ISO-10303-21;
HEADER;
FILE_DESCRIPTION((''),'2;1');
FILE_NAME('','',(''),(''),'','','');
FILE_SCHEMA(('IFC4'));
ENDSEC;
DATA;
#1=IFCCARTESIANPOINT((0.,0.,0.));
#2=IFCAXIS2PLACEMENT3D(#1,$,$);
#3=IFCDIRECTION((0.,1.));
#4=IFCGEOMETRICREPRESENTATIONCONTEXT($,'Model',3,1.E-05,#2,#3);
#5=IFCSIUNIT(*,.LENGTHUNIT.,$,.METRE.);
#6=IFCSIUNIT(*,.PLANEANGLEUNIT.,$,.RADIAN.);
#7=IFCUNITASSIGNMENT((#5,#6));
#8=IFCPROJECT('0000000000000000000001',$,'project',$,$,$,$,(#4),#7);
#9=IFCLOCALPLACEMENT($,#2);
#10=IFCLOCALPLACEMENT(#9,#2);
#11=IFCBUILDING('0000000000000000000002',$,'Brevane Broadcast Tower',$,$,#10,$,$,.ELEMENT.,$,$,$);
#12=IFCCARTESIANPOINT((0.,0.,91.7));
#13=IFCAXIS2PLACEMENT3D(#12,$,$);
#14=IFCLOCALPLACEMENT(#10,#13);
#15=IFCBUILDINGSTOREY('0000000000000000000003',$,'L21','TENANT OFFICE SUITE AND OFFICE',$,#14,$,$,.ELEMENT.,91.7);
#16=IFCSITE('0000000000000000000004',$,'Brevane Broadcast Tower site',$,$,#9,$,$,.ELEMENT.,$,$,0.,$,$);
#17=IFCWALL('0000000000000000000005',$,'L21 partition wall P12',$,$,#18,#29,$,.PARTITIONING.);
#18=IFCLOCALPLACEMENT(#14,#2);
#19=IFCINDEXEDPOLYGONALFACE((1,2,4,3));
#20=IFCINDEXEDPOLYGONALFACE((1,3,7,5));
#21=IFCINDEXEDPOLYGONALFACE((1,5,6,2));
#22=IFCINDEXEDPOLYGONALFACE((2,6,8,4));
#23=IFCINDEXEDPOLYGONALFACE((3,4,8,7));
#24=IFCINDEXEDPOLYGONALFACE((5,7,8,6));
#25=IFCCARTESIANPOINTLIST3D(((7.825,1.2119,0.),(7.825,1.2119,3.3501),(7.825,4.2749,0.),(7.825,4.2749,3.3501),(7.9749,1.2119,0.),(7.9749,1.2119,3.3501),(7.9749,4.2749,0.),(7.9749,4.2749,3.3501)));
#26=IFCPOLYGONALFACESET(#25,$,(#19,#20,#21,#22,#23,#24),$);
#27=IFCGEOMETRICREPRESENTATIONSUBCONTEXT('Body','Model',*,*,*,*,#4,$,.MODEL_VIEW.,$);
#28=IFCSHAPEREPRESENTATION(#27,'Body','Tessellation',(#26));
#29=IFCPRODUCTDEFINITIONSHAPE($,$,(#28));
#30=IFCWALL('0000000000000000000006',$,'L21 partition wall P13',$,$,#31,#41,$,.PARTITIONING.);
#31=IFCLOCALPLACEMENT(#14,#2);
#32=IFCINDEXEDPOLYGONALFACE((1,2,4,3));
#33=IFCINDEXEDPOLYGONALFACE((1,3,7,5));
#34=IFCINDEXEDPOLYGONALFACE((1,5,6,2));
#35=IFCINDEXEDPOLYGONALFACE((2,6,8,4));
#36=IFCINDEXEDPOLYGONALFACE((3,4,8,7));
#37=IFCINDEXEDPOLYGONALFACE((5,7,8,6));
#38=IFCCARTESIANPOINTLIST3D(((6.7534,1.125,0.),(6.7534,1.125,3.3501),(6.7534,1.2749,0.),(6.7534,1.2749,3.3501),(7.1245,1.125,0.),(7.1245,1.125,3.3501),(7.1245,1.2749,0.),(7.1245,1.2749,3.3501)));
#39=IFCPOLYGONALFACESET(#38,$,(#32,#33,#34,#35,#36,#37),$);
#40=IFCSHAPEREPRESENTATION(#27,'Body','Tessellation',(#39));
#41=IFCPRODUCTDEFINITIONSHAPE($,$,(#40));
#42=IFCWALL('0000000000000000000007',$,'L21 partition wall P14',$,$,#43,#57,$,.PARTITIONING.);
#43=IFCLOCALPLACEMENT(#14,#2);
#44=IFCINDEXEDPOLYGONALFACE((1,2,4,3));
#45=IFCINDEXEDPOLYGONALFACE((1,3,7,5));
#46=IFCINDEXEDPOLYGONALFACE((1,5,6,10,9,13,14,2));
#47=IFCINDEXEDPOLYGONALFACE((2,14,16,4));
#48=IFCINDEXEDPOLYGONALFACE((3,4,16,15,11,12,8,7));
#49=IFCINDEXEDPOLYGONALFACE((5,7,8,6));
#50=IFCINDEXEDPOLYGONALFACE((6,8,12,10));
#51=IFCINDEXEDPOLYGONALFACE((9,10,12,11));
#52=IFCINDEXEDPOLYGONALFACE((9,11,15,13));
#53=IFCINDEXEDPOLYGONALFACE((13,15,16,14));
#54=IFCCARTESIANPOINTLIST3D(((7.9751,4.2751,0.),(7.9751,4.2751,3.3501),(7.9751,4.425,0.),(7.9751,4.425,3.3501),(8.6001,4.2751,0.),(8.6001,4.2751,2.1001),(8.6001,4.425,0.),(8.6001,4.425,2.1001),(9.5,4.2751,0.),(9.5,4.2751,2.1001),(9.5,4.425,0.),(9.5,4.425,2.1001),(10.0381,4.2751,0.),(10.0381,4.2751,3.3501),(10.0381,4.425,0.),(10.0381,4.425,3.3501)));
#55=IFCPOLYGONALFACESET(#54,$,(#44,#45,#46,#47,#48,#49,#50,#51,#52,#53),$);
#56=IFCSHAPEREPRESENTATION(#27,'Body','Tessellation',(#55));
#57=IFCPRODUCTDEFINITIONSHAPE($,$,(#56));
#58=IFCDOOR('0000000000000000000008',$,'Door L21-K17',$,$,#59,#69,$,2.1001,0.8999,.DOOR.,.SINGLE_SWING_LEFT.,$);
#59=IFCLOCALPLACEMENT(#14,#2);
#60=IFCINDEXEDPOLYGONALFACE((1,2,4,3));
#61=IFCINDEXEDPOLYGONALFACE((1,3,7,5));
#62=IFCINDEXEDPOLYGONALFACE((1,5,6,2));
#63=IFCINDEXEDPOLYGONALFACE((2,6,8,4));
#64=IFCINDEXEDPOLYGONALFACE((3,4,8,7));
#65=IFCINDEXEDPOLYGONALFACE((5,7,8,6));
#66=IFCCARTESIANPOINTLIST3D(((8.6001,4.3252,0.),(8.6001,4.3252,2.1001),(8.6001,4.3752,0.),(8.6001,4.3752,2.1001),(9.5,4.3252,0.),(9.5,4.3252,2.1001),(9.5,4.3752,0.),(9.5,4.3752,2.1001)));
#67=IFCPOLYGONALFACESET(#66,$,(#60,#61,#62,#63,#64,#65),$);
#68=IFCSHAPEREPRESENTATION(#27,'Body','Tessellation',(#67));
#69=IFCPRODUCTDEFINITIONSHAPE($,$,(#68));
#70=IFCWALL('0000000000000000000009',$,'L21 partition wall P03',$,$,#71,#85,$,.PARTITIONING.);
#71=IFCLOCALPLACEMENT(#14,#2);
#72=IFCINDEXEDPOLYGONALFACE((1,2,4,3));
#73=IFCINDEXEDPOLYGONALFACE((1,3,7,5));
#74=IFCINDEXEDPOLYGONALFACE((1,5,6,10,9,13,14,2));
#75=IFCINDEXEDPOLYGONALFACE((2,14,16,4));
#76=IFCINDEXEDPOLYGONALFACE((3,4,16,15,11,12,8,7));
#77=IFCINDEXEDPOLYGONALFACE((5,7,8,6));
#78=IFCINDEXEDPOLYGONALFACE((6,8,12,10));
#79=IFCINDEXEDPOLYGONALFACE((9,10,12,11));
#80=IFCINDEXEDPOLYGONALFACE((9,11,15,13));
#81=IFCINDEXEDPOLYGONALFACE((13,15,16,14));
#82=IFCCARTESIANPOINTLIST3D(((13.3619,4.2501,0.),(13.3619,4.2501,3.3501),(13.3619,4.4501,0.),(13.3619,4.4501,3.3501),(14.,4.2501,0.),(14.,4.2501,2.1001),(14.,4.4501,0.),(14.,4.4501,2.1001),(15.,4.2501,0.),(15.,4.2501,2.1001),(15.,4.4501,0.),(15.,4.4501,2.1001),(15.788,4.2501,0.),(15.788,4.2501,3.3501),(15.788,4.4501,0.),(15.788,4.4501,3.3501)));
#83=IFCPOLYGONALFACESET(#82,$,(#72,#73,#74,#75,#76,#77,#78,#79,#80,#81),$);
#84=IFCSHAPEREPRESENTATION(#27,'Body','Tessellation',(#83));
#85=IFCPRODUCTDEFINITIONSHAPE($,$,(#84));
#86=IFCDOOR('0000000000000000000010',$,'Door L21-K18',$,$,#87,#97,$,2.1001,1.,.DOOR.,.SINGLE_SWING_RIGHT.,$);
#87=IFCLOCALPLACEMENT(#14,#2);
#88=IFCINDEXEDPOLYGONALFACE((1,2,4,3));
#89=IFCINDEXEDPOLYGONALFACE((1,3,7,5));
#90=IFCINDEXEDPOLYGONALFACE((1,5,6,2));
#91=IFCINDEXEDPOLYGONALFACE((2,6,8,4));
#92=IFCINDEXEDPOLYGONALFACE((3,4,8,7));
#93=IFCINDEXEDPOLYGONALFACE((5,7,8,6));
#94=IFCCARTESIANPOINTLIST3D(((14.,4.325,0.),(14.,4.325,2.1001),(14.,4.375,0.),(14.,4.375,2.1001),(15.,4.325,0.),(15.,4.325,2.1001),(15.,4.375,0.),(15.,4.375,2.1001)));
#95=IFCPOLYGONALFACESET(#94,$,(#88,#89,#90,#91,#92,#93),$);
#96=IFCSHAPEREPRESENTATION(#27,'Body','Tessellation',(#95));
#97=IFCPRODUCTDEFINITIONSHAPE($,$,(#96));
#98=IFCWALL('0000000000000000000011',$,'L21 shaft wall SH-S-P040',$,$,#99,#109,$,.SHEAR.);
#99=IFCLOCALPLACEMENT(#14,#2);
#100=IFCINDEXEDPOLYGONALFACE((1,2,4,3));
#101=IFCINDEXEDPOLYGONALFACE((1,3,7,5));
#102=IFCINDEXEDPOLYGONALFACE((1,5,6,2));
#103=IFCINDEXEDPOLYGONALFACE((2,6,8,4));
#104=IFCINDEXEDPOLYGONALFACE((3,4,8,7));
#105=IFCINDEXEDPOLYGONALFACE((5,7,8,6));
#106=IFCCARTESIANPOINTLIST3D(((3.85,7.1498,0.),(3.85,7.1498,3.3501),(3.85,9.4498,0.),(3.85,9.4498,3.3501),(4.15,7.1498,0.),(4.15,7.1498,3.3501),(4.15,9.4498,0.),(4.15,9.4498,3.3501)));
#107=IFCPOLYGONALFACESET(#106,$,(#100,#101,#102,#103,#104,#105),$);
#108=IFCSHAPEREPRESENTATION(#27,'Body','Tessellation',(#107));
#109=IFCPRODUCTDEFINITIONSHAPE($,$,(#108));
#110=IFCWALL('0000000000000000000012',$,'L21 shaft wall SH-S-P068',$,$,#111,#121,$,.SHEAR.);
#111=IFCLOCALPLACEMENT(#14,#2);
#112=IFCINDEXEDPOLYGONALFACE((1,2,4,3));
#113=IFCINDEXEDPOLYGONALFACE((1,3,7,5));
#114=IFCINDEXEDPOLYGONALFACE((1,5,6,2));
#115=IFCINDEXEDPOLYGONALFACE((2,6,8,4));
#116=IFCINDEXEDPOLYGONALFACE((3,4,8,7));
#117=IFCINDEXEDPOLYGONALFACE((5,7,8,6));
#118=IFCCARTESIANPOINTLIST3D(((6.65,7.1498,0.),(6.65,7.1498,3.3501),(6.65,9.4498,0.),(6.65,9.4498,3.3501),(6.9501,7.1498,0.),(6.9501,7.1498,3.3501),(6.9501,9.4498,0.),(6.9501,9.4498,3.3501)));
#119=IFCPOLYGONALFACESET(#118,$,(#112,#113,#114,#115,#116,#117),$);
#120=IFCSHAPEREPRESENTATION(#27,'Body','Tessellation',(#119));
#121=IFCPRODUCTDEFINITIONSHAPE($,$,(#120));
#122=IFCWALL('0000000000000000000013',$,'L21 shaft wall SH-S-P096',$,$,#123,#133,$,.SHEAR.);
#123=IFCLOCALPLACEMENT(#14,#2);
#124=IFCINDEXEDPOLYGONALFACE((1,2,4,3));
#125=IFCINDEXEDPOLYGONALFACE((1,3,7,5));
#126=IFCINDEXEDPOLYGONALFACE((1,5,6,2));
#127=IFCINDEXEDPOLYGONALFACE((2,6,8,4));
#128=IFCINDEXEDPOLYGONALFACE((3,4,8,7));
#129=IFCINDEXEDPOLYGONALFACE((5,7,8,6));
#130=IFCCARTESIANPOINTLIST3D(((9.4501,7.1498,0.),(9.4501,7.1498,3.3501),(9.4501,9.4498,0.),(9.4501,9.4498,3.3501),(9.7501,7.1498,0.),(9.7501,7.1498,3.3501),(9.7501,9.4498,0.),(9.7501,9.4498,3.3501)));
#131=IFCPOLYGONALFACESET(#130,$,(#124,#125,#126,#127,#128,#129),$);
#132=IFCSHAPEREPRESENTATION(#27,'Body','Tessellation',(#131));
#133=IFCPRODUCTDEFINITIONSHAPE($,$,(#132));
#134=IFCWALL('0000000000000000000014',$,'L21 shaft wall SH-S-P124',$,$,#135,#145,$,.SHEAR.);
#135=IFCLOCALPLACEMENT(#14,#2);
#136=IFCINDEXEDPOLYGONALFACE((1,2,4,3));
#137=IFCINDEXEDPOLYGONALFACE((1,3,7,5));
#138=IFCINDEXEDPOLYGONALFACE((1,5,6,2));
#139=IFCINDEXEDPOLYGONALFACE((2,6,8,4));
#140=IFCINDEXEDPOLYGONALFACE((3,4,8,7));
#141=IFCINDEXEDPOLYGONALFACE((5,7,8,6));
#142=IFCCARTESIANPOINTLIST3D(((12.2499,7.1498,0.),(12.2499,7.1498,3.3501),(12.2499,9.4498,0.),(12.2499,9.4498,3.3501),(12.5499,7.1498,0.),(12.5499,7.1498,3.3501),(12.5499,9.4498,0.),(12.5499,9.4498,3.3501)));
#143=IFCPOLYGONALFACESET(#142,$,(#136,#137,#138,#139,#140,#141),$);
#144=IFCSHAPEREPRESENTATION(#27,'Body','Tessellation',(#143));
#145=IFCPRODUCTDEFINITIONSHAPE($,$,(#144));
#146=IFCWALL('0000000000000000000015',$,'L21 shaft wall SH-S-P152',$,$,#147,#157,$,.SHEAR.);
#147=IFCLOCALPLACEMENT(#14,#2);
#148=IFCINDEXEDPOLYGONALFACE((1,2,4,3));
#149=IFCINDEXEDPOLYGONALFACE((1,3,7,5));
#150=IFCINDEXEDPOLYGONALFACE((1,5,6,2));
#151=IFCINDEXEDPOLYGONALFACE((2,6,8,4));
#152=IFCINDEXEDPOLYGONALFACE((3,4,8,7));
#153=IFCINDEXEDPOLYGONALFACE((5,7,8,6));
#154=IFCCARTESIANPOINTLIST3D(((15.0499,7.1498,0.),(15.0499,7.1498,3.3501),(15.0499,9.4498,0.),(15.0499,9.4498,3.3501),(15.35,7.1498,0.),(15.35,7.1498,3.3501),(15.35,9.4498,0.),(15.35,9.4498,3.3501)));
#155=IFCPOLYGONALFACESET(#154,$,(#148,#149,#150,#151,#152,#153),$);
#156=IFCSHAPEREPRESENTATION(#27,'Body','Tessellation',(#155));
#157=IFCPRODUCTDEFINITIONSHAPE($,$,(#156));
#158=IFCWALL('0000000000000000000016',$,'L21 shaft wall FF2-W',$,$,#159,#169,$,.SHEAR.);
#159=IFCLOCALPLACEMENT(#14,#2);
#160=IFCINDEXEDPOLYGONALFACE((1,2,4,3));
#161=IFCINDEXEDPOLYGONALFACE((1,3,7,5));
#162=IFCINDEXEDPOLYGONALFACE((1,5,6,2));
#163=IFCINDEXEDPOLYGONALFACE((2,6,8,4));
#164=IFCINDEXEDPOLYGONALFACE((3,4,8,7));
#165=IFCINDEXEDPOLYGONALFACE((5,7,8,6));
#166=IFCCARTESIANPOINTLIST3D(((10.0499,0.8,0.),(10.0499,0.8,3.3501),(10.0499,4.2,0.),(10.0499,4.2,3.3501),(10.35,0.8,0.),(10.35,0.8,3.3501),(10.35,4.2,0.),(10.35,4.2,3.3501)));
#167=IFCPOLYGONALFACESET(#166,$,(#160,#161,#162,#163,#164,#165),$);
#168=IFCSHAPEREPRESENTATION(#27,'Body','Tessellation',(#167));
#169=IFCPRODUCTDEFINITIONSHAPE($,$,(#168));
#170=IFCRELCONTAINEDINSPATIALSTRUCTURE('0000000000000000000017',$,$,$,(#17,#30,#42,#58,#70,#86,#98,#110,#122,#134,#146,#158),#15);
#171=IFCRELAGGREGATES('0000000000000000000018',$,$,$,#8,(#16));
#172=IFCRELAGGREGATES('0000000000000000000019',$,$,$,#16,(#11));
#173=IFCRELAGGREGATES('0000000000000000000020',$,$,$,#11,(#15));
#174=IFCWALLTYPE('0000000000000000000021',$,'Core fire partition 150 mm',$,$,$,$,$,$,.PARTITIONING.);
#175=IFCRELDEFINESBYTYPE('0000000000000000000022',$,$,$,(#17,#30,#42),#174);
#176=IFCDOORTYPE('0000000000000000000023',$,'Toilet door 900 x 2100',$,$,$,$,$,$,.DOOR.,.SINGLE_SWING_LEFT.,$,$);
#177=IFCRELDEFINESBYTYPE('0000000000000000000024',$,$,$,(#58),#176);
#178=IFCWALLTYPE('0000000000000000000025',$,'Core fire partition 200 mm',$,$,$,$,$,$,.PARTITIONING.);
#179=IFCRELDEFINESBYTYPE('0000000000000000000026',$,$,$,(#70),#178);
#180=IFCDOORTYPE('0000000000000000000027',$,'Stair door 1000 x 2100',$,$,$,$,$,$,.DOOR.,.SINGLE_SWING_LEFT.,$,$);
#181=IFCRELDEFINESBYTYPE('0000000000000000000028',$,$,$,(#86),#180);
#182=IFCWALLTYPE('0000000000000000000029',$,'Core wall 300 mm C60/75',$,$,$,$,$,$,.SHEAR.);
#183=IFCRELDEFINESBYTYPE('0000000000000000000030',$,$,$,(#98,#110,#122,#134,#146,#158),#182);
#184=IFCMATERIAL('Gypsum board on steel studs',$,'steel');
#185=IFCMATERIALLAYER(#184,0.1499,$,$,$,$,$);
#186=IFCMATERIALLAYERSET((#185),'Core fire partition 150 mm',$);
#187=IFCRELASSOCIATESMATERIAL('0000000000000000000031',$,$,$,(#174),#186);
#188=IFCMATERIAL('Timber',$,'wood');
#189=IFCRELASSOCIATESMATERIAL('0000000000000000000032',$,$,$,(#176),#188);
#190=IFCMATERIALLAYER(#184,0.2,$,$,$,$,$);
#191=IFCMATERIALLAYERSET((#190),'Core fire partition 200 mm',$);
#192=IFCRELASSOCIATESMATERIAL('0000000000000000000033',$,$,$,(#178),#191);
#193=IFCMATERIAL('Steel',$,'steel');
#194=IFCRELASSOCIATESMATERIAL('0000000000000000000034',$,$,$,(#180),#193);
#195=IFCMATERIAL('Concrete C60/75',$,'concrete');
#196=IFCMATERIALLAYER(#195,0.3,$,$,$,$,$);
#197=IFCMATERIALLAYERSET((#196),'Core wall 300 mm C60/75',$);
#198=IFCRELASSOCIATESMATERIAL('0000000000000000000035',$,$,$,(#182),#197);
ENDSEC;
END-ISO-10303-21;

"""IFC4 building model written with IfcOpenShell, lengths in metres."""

from ifc_helpers import new_model, si_unit, direction, frame, frame_2d, origin, place, context, subcontext, project, spatial, rectangle, extrude, material, layer, layer_set, type_object, element, fill, save


model = new_model("IFC4")

# Units and contexts
model_context = context("Model", 3, precision=1e-05, world=origin(), true_north=direction((0.0, 1.0)))
body_context = subcontext(model_context, "Body", "Model", "MODEL_VIEW")
ifc_project = project(units=[si_unit("LENGTHUNIT", "METRE"), si_unit("PLANEANGLEUNIT", "RADIAN")], contexts=[model_context])

# Site, building, storey
site_placement = place(None, origin())
site = spatial("IfcSite", under=ifc_project, at=site_placement, Name="Brevane Broadcast Tower site", CompositionType="ELEMENT", RefElevation=0.0)
building_placement = place(site_placement, origin())
building = spatial("IfcBuilding", under=site, at=building_placement, Name="Brevane Broadcast Tower", CompositionType="ELEMENT")
storey_placement = place(building_placement, frame((0.0, 0.0, 91.7)))
storey = spatial("IfcBuildingStorey", under=building, at=storey_placement, Name="L21", Description="TENANT OFFICE SUITE AND OFFICE", CompositionType="ELEMENT", Elevation=91.7)

# Shared definitions
ifc_material_1 = material(Name="Gypsum board on steel studs", Category="steel")
ifc_layer_1 = layer(ifc_material_1, 0.1499)
ifc_layer_set_1 = layer_set([ifc_layer_1], Name="Core fire partition 150 mm")
wall_type_1 = type_object("IfcWallType", Name="Core fire partition 150 mm", PredefinedType="PARTITIONING", material=ifc_layer_set_1)

# Shared definitions
ifc_material_2 = material(Name="Timber", Category="wood")
door_type_1 = type_object("IfcDoorType", Name="Toilet door 900 x 2100", OperationType="SINGLE_SWING_LEFT", PredefinedType="DOOR", material=ifc_material_2)

# Walls
wall_1_placement = place(storey_placement, frame((7.8999, 4.2749, 0.0), z_axis=(0.0, 0.0, 1.0), x_axis=(0.0, -1.0, 0.0)))
element("IfcWall", 1, at=wall_1_placement, inside=storey, type_object=wall_type_1, Name="L21 partition wall P12", PredefinedType="PARTITIONING", context=body_context, shape_type="SweptSolid", body=[
    extrude(rectangle(XDim=3.063, YDim=0.1499, at=frame_2d((1.5315, 0.0))), origin(), (0.0, 0.0, 1.0), 3.3501),
])
wall_2_placement = place(storey_placement, frame((7.1245, 1.2, 0.0), z_axis=(0.0, 0.0, 1.0), x_axis=(-1.0, 0.0, 0.0)))
element("IfcWall", 2, at=wall_2_placement, inside=storey, type_object=wall_type_1, Name="L21 partition wall P13", PredefinedType="PARTITIONING", context=body_context, shape_type="SweptSolid", body=[
    extrude(rectangle(XDim=0.3711, YDim=0.1499, at=frame_2d((0.1855, 0.0))), origin(), (0.0, 0.0, 1.0), 3.3501),
])

# Walls, openings, doors
wall_3_placement = place(storey_placement, frame((10.0381, 4.3501, 0.0), z_axis=(0.0, 0.0, 1.0), x_axis=(-1.0, 0.0, 0.0)))
wall_3 = element("IfcWall", 3, at=wall_3_placement, inside=storey, type_object=wall_type_1, Name="L21 partition wall P14", PredefinedType="PARTITIONING", context=body_context, shape_type="SweptSolid", body=[
    extrude(rectangle(XDim=2.063, YDim=0.1499, at=frame_2d((1.0315, 0.0))), origin(), (0.0, 0.0, 1.0), 3.3501),
])
opening_1_placement = place(wall_3_placement, frame((0.5381, 0.0, 0.0)))
opening_1 = element("IfcOpeningElement", 4, at=opening_1_placement, cuts=wall_3, PredefinedType="OPENING", context=body_context, shape_type="SweptSolid", body=[
    extrude(rectangle(XDim=0.8999, YDim=2.1001, at=frame_2d((0.45, 1.05))), frame((0.0, 0.085, 0.0), z_axis=(0.0, -1.0, 0.0), x_axis=(1.0, 0.0, 0.0)), (0.0, 0.0, 1.0), 0.1699),
])
door_1_placement = place(opening_1_placement, origin())
door_1 = element("IfcDoor", 5, at=door_1_placement, inside=storey, type_object=door_type_1, Name="Door L21-K17", OperationType="SINGLE_SWING_LEFT", OverallHeight=2.1001, OverallWidth=0.8999, PredefinedType="DOOR", context=body_context, shape_type="SweptSolid", body=[
    extrude(rectangle(XDim=0.8999, YDim=2.1001, at=frame_2d((0.45, 1.05))), frame((0.0, 0.0249, 0.0), z_axis=(0.0, -1.0, 0.0), x_axis=(1.0, 0.0, 0.0)), (0.0, 0.0, 1.0), 0.05),
])
fill(opening_1, door_1)
ifc_layer_2 = layer(ifc_material_1, 0.2)
ifc_layer_set_2 = layer_set([ifc_layer_2], Name="Core fire partition 200 mm")
wall_type_2 = type_object("IfcWallType", Name="Core fire partition 200 mm", PredefinedType="PARTITIONING", material=ifc_layer_set_2)
wall_4_placement = place(storey_placement, frame((13.3621, 4.3501, 0.0), z_axis=(0.0, 0.0, 1.0), x_axis=(1.0, 0.0, 0.0)))
wall_4 = element("IfcWall", 6, at=wall_4_placement, inside=storey, type_object=wall_type_2, Name="L21 partition wall P03", PredefinedType="PARTITIONING", context=body_context, shape_type="SweptSolid", body=[
    extrude(rectangle(XDim=2.426, YDim=0.2, at=frame_2d((1.2129, 0.0))), origin(), (0.0, 0.0, 1.0), 3.3501),
])
opening_2_placement = place(wall_4_placement, frame((0.6379, 0.0, 0.0)))
opening_2 = element("IfcOpeningElement", 7, at=opening_2_placement, cuts=wall_4, PredefinedType="OPENING", context=body_context, shape_type="SweptSolid", body=[
    extrude(rectangle(XDim=1.0, YDim=2.1001, at=frame_2d((0.5, 1.05))), frame((0.0, 0.1099, 0.0), z_axis=(0.0, -1.0, 0.0), x_axis=(1.0, 0.0, 0.0)), (0.0, 0.0, 1.0), 0.22),
])
ifc_material_3 = material(Name="Steel", Category="steel")
door_type_2 = type_object("IfcDoorType", Name="Stair door 1000 x 2100", OperationType="SINGLE_SWING_LEFT", PredefinedType="DOOR", material=ifc_material_3)
door_2_placement = place(opening_2_placement, origin())
door_2 = element("IfcDoor", 8, at=door_2_placement, inside=storey, type_object=door_type_2, Name="Door L21-K18", OperationType="SINGLE_SWING_RIGHT", OverallHeight=2.1001, OverallWidth=1.0, PredefinedType="DOOR", context=body_context, shape_type="SweptSolid", body=[
    extrude(rectangle(XDim=1.0, YDim=2.1001, at=frame_2d((0.5, 1.05))), frame((0.0, 0.0249, 0.0), z_axis=(0.0, -1.0, 0.0), x_axis=(1.0, 0.0, 0.0)), (0.0, 0.0, 1.0), 0.05),
])
fill(opening_2, door_2)

# Walls
ifc_material_4 = material(Name="Concrete C60/75", Category="concrete")
ifc_layer_3 = layer(ifc_material_4, 0.3)
ifc_layer_set_3 = layer_set([ifc_layer_3], Name="Core wall 300 mm C60/75")
wall_type_3 = type_object("IfcWallType", Name="Core wall 300 mm C60/75", PredefinedType="SHEAR", material=ifc_layer_set_3)
for number, where, z_axis, x_axis, name in (
    (9, (4.0, 7.1499, 0.0), (0.0, 0.0, 1.0), (0.0, 1.0, 0.0), "L21 shaft wall SH-S-P040"),
    (10, (6.8, 7.1499, 0.0), (0.0, 0.0, 1.0), (0.0, 1.0, 0.0), "L21 shaft wall SH-S-P068"),
    (11, (9.6001, 7.1499, 0.0), (0.0, 0.0, 1.0), (0.0, 1.0, 0.0), "L21 shaft wall SH-S-P096"),
    (12, (12.3999, 7.1499, 0.0), (0.0, 0.0, 1.0), (0.0, 1.0, 0.0), "L21 shaft wall SH-S-P124"),
    (13, (15.2, 7.1499, 0.0), (0.0, 0.0, 1.0), (0.0, 1.0, 0.0), "L21 shaft wall SH-S-P152"),
):
    element("IfcWall", number, at=place(storey_placement, frame(where, z_axis=z_axis, x_axis=x_axis)), inside=storey, type_object=wall_type_3, Name=name, PredefinedType="SHEAR", context=body_context, shape_type="SweptSolid", body=[
        extrude(rectangle(XDim=2.3, YDim=0.3, at=frame_2d((1.1499, 0.0))), origin(), (0.0, 0.0, 1.0), 3.3501),
    ])
wall_5_placement = place(storey_placement, frame((10.2, 0.8, 0.0), z_axis=(0.0, 0.0, 1.0), x_axis=(0.0, 1.0, 0.0)))
element("IfcWall", 14, at=wall_5_placement, inside=storey, type_object=wall_type_3, Name="L21 shaft wall FF2-W", PredefinedType="SHEAR", context=body_context, shape_type="SweptSolid", body=[
    extrude(rectangle(XDim=3.3999, YDim=0.3, at=frame_2d((1.7, 0.0))), origin(), (0.0, 0.0, 1.0), 3.3501),
])

save(model, "model.ifc")
